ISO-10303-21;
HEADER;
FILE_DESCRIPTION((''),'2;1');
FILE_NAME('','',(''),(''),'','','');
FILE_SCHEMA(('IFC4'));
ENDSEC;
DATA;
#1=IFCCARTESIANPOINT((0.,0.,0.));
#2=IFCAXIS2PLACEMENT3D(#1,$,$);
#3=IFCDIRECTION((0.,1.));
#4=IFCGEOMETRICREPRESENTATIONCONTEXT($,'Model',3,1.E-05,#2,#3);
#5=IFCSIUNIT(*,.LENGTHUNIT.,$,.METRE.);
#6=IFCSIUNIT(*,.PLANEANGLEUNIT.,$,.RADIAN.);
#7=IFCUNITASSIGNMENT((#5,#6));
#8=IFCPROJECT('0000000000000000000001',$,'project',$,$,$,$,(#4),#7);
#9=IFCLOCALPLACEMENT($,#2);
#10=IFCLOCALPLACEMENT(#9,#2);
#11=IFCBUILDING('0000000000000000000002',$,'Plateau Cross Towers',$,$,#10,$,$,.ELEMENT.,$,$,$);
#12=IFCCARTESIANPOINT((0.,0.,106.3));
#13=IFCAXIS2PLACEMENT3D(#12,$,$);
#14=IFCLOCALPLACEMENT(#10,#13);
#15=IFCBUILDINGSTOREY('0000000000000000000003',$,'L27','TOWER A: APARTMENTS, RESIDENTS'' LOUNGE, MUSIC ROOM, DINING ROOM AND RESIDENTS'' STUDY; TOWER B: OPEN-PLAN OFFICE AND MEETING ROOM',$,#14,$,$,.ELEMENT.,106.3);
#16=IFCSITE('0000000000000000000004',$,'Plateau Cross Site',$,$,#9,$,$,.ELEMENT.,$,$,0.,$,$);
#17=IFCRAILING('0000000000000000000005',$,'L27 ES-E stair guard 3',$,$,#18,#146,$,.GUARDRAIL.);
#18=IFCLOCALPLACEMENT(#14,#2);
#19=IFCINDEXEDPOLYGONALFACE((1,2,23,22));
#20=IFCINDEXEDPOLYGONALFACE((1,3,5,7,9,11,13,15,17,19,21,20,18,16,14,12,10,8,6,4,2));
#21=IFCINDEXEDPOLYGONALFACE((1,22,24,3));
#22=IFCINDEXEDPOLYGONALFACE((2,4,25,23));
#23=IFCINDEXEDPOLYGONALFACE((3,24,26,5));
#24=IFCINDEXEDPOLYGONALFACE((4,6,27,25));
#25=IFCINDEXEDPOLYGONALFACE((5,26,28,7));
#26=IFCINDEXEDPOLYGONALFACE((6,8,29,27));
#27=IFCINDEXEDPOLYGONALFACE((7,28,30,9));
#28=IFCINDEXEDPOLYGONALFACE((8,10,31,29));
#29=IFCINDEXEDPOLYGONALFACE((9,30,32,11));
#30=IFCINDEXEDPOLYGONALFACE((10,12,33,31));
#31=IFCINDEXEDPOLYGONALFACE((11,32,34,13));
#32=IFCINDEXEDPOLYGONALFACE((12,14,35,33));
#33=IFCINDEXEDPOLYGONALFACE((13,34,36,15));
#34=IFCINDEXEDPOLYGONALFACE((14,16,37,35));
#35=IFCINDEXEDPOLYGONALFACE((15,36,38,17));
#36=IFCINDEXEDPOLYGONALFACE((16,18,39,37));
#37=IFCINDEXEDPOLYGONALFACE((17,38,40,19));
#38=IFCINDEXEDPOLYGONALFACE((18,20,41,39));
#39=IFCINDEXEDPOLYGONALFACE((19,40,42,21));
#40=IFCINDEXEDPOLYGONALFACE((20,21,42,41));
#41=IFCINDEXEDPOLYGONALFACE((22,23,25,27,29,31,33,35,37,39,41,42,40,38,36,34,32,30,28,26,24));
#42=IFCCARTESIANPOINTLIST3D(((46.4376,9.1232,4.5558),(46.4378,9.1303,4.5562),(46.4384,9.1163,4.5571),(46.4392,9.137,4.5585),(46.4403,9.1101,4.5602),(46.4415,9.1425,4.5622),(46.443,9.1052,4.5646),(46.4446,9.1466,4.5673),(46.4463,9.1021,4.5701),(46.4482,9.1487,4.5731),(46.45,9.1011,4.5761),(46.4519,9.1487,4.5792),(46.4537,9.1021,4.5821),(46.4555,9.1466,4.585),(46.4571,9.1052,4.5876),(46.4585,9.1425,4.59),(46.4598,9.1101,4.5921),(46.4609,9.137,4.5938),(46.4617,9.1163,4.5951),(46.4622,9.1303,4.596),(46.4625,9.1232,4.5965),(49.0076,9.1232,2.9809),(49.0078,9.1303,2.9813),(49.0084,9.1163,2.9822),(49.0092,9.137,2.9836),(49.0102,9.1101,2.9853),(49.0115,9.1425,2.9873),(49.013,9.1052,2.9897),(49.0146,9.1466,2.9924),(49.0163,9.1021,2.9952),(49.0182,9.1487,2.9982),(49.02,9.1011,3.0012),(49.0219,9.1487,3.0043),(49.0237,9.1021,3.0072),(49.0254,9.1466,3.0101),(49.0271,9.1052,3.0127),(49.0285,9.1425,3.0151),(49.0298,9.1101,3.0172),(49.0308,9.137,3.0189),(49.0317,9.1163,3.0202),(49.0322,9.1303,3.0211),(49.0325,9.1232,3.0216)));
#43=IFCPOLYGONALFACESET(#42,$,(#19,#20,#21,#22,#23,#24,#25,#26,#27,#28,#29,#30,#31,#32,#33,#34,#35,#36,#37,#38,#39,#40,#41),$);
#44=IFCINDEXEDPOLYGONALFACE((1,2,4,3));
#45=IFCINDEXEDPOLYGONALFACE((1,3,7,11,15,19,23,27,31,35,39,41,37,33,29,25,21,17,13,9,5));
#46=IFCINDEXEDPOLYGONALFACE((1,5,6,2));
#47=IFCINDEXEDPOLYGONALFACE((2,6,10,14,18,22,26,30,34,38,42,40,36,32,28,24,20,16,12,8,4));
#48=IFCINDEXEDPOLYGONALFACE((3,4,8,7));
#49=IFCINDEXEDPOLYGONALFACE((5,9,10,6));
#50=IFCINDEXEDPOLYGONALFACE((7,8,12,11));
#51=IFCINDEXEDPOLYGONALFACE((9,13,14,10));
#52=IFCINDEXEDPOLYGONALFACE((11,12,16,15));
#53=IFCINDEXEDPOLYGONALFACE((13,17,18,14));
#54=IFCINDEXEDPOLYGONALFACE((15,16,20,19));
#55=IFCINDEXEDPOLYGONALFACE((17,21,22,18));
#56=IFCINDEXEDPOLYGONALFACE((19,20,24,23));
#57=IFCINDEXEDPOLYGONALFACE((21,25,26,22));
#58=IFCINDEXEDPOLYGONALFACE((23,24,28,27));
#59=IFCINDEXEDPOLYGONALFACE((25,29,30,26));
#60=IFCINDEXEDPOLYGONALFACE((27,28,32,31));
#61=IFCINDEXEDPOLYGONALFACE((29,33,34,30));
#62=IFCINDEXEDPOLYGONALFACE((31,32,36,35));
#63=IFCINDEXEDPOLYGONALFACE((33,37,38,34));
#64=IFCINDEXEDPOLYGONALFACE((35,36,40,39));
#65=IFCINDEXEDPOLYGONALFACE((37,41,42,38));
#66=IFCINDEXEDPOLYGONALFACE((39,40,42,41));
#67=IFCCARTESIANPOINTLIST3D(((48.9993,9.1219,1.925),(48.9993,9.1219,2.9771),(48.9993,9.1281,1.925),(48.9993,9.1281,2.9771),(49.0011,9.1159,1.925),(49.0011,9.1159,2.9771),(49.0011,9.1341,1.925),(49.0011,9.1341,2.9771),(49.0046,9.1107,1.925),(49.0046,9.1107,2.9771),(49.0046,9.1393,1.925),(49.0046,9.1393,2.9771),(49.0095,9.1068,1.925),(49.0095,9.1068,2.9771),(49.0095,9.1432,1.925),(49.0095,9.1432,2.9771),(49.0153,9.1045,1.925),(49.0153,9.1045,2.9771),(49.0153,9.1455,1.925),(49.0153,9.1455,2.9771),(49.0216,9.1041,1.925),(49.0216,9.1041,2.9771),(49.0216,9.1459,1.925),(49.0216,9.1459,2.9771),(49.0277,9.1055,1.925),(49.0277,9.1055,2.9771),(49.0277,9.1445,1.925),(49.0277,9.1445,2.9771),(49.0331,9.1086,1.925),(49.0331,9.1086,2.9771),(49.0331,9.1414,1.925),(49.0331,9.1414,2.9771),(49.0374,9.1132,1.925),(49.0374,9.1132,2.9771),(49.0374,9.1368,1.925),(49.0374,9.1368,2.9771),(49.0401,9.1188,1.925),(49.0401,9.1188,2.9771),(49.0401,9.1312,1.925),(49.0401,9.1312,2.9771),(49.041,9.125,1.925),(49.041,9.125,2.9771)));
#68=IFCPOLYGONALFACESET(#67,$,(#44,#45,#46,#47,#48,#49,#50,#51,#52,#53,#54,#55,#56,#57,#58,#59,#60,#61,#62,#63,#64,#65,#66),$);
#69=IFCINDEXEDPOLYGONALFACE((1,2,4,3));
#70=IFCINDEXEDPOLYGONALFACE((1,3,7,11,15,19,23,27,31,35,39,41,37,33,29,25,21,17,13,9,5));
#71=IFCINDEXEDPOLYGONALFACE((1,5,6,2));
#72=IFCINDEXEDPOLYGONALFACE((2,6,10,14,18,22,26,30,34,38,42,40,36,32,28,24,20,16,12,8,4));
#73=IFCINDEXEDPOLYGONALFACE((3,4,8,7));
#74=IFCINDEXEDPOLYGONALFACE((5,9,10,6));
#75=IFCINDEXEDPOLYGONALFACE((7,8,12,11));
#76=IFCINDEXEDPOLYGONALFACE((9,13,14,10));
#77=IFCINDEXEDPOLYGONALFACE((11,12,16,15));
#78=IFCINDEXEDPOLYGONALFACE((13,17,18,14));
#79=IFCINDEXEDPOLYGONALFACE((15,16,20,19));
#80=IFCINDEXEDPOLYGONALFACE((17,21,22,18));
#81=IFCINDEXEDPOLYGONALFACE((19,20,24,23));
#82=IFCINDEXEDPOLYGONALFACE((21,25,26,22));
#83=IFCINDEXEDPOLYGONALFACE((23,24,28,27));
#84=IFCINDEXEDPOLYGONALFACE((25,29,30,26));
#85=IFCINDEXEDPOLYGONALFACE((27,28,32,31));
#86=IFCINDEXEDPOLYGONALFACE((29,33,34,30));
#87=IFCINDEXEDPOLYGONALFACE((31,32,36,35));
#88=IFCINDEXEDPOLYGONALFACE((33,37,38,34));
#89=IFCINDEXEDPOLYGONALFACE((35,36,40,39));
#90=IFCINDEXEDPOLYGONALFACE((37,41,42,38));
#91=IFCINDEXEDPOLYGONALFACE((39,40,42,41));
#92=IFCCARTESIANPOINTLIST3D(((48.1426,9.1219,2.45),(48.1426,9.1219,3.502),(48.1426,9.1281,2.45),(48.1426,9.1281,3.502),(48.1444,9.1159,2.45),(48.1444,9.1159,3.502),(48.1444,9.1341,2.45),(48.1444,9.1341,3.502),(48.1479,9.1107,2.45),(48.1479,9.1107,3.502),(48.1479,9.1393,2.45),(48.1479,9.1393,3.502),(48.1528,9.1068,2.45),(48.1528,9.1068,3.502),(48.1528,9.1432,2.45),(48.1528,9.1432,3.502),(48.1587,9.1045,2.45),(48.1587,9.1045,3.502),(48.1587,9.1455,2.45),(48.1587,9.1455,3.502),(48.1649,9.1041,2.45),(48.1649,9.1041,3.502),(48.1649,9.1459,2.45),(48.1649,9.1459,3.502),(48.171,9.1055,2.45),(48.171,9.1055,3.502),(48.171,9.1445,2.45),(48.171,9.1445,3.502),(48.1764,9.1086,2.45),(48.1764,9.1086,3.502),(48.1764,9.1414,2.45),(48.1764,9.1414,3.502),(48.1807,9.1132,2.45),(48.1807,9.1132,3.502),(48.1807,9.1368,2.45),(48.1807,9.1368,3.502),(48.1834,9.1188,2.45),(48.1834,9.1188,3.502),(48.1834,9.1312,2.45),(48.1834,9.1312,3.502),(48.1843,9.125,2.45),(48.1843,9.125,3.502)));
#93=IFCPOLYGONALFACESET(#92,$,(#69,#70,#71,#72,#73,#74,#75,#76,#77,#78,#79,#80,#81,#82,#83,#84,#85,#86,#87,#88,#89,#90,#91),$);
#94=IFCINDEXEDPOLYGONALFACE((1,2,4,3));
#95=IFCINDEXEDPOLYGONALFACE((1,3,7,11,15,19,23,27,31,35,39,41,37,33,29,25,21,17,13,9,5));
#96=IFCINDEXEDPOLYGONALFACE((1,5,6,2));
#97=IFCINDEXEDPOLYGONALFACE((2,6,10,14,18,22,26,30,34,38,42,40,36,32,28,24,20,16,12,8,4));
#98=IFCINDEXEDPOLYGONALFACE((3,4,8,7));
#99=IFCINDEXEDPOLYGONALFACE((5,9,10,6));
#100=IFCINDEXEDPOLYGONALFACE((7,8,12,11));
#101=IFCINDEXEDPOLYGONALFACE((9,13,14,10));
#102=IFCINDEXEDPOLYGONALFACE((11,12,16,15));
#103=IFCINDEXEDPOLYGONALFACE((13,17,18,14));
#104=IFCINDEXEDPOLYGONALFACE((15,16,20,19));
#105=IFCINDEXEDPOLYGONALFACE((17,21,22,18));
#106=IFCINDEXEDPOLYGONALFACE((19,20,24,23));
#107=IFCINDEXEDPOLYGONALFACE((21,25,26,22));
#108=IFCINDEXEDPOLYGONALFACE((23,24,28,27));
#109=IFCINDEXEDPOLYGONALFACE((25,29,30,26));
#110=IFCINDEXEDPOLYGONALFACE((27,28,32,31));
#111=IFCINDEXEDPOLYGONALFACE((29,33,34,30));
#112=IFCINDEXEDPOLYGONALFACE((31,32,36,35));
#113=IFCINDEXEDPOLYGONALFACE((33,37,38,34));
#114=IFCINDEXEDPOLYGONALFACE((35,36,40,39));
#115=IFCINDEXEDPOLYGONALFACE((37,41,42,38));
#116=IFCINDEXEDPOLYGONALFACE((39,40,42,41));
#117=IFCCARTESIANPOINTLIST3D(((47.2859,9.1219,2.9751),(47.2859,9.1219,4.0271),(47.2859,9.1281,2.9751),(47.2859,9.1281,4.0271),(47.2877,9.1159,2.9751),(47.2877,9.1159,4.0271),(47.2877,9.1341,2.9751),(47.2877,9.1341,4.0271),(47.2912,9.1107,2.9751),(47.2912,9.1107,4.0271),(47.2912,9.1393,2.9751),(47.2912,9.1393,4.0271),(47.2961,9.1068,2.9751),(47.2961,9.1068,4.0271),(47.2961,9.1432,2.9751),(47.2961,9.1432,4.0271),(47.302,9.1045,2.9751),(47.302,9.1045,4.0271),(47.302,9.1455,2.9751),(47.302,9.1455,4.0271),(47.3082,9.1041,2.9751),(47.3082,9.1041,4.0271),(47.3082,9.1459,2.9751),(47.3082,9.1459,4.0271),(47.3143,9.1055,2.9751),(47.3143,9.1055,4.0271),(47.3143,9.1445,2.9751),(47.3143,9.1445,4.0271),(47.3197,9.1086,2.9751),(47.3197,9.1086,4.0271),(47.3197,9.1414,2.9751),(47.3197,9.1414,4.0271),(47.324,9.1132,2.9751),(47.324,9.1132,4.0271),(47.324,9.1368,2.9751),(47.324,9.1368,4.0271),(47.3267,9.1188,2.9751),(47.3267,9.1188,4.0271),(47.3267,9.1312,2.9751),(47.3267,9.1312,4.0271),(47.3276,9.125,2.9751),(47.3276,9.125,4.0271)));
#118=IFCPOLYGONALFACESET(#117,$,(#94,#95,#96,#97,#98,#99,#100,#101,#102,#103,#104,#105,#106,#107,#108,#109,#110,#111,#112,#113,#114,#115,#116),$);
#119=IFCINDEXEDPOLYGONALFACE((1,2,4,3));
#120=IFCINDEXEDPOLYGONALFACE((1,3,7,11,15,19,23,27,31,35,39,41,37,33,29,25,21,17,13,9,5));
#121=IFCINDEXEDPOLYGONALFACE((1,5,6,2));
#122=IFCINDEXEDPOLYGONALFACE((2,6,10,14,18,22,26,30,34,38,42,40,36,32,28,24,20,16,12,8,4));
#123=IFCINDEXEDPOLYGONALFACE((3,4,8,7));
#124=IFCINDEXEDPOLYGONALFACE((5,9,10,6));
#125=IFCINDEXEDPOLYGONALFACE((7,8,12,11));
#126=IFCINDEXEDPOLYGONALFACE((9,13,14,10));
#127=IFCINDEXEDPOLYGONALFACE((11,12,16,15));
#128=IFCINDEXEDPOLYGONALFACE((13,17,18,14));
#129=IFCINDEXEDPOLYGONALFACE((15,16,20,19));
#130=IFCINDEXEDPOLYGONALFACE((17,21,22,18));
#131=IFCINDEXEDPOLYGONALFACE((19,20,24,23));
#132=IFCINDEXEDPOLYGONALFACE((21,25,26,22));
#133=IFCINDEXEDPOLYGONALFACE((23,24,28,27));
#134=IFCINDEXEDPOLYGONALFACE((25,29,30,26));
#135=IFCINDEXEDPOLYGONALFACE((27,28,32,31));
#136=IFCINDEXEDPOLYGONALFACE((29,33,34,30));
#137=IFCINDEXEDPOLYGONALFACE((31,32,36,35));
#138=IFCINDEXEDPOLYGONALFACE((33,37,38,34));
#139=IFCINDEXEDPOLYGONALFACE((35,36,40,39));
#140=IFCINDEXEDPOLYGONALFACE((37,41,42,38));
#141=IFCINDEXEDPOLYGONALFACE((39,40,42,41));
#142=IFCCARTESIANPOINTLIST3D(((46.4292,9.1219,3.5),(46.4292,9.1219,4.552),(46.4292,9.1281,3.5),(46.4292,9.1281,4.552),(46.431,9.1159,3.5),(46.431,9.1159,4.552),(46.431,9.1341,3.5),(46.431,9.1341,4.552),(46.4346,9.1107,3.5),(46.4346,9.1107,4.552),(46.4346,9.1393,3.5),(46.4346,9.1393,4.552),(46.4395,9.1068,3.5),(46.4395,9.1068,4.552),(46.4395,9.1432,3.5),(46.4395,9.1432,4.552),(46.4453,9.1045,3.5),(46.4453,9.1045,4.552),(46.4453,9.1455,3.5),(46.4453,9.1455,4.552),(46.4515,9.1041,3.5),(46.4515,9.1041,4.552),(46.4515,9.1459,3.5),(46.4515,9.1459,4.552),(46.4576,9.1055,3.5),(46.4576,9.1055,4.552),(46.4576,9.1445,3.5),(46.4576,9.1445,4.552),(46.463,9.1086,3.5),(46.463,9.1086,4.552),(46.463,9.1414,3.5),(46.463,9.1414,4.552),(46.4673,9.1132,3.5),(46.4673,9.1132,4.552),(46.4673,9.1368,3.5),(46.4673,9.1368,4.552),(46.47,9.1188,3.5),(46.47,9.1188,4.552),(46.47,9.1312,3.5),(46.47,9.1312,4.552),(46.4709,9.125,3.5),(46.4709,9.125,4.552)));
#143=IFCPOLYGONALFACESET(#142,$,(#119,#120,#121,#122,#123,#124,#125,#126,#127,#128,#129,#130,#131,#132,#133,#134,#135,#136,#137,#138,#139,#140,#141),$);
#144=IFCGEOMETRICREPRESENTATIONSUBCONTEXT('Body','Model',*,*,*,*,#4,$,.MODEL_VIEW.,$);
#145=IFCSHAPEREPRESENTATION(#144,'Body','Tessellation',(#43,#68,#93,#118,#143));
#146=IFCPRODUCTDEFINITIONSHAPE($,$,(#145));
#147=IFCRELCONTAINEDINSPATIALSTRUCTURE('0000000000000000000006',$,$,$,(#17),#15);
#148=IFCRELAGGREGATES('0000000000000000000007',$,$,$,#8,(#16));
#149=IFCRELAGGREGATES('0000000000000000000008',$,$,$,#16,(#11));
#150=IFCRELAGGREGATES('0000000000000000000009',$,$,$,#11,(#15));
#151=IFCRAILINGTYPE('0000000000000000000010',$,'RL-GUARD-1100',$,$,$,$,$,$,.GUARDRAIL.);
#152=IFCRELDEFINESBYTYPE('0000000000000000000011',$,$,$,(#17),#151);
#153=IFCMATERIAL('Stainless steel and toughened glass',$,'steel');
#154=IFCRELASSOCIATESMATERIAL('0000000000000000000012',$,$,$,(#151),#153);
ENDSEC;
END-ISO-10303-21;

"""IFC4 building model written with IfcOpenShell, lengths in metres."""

from ifc_helpers import new_model, si_unit, direction, frame, origin, origin_2d, place, context, subcontext, project, spatial, circle, extrude, material, type_object, element, save


model = new_model("IFC4")

# Units and contexts
model_context = context("Model", 3, precision=1e-05, world=origin(), true_north=direction((0.0, 1.0)))
body_context = subcontext(model_context, "Body", "Model", "MODEL_VIEW")
ifc_project = project(units=[si_unit("LENGTHUNIT", "METRE"), si_unit("PLANEANGLEUNIT", "RADIAN")], contexts=[model_context])

# Site, building, storey
site_placement = place(None, origin())
site = spatial("IfcSite", under=ifc_project, at=site_placement, Name="Plateau Cross Site", CompositionType="ELEMENT", RefElevation=0.0)
building_placement = place(site_placement, origin())
building = spatial("IfcBuilding", under=site, at=building_placement, Name="Plateau Cross Towers", CompositionType="ELEMENT")
storey_placement = place(building_placement, frame((0.0, 0.0, 106.3)))
storey = spatial("IfcBuildingStorey", under=building, at=storey_placement, Name="L27", Description="TOWER A: APARTMENTS, RESIDENTS' LOUNGE, MUSIC ROOM, DINING ROOM AND RESIDENTS' STUDY; TOWER B: OPEN-PLAN OFFICE AND MEETING ROOM", CompositionType="ELEMENT", Elevation=106.3)

# Railing
ifc_material_1 = material(Name="Stainless steel and toughened glass", Category="steel")
railing_type_1 = type_object("IfcRailingType", Name="RL-GUARD-1100", PredefinedType="GUARDRAIL", material=ifc_material_1)
railing_1_placement = place(storey_placement, frame((49.02, 9.125, 1.925)))
element("IfcRailing", 1, at=railing_1_placement, inside=storey, type_object=railing_type_1, Name="L27 ES-E stair guard 3", PredefinedType="GUARDRAIL", context=body_context, shape_type="SweptSolid", body=[
    extrude(circle(Radius=0.0239, at=origin_2d()), frame((0.0, 0.0, 1.0762), z_axis=(-0.852639, 0.0, 0.522501), x_axis=(0.0, -1.0, 0.0)), (0.0, 0.0, 1.0), 3.0142),
    extrude(circle(Radius=0.021, at=origin_2d()), origin(), (0.0, 0.0, 1.0), 1.052),
    extrude(circle(Radius=0.021, at=origin_2d()), frame((-0.8567, 0.0, 0.5249)), (0.0, 0.0, 1.0), 1.052),
    extrude(circle(Radius=0.021, at=origin_2d()), frame((-1.7134, 0.0, 1.05)), (0.0, 0.0, 1.0), 1.052),
    extrude(circle(Radius=0.021, at=origin_2d()), frame((-2.5701, 0.0, 1.575)), (0.0, 0.0, 1.0), 1.052),
])

save(model, "model.ifc")
